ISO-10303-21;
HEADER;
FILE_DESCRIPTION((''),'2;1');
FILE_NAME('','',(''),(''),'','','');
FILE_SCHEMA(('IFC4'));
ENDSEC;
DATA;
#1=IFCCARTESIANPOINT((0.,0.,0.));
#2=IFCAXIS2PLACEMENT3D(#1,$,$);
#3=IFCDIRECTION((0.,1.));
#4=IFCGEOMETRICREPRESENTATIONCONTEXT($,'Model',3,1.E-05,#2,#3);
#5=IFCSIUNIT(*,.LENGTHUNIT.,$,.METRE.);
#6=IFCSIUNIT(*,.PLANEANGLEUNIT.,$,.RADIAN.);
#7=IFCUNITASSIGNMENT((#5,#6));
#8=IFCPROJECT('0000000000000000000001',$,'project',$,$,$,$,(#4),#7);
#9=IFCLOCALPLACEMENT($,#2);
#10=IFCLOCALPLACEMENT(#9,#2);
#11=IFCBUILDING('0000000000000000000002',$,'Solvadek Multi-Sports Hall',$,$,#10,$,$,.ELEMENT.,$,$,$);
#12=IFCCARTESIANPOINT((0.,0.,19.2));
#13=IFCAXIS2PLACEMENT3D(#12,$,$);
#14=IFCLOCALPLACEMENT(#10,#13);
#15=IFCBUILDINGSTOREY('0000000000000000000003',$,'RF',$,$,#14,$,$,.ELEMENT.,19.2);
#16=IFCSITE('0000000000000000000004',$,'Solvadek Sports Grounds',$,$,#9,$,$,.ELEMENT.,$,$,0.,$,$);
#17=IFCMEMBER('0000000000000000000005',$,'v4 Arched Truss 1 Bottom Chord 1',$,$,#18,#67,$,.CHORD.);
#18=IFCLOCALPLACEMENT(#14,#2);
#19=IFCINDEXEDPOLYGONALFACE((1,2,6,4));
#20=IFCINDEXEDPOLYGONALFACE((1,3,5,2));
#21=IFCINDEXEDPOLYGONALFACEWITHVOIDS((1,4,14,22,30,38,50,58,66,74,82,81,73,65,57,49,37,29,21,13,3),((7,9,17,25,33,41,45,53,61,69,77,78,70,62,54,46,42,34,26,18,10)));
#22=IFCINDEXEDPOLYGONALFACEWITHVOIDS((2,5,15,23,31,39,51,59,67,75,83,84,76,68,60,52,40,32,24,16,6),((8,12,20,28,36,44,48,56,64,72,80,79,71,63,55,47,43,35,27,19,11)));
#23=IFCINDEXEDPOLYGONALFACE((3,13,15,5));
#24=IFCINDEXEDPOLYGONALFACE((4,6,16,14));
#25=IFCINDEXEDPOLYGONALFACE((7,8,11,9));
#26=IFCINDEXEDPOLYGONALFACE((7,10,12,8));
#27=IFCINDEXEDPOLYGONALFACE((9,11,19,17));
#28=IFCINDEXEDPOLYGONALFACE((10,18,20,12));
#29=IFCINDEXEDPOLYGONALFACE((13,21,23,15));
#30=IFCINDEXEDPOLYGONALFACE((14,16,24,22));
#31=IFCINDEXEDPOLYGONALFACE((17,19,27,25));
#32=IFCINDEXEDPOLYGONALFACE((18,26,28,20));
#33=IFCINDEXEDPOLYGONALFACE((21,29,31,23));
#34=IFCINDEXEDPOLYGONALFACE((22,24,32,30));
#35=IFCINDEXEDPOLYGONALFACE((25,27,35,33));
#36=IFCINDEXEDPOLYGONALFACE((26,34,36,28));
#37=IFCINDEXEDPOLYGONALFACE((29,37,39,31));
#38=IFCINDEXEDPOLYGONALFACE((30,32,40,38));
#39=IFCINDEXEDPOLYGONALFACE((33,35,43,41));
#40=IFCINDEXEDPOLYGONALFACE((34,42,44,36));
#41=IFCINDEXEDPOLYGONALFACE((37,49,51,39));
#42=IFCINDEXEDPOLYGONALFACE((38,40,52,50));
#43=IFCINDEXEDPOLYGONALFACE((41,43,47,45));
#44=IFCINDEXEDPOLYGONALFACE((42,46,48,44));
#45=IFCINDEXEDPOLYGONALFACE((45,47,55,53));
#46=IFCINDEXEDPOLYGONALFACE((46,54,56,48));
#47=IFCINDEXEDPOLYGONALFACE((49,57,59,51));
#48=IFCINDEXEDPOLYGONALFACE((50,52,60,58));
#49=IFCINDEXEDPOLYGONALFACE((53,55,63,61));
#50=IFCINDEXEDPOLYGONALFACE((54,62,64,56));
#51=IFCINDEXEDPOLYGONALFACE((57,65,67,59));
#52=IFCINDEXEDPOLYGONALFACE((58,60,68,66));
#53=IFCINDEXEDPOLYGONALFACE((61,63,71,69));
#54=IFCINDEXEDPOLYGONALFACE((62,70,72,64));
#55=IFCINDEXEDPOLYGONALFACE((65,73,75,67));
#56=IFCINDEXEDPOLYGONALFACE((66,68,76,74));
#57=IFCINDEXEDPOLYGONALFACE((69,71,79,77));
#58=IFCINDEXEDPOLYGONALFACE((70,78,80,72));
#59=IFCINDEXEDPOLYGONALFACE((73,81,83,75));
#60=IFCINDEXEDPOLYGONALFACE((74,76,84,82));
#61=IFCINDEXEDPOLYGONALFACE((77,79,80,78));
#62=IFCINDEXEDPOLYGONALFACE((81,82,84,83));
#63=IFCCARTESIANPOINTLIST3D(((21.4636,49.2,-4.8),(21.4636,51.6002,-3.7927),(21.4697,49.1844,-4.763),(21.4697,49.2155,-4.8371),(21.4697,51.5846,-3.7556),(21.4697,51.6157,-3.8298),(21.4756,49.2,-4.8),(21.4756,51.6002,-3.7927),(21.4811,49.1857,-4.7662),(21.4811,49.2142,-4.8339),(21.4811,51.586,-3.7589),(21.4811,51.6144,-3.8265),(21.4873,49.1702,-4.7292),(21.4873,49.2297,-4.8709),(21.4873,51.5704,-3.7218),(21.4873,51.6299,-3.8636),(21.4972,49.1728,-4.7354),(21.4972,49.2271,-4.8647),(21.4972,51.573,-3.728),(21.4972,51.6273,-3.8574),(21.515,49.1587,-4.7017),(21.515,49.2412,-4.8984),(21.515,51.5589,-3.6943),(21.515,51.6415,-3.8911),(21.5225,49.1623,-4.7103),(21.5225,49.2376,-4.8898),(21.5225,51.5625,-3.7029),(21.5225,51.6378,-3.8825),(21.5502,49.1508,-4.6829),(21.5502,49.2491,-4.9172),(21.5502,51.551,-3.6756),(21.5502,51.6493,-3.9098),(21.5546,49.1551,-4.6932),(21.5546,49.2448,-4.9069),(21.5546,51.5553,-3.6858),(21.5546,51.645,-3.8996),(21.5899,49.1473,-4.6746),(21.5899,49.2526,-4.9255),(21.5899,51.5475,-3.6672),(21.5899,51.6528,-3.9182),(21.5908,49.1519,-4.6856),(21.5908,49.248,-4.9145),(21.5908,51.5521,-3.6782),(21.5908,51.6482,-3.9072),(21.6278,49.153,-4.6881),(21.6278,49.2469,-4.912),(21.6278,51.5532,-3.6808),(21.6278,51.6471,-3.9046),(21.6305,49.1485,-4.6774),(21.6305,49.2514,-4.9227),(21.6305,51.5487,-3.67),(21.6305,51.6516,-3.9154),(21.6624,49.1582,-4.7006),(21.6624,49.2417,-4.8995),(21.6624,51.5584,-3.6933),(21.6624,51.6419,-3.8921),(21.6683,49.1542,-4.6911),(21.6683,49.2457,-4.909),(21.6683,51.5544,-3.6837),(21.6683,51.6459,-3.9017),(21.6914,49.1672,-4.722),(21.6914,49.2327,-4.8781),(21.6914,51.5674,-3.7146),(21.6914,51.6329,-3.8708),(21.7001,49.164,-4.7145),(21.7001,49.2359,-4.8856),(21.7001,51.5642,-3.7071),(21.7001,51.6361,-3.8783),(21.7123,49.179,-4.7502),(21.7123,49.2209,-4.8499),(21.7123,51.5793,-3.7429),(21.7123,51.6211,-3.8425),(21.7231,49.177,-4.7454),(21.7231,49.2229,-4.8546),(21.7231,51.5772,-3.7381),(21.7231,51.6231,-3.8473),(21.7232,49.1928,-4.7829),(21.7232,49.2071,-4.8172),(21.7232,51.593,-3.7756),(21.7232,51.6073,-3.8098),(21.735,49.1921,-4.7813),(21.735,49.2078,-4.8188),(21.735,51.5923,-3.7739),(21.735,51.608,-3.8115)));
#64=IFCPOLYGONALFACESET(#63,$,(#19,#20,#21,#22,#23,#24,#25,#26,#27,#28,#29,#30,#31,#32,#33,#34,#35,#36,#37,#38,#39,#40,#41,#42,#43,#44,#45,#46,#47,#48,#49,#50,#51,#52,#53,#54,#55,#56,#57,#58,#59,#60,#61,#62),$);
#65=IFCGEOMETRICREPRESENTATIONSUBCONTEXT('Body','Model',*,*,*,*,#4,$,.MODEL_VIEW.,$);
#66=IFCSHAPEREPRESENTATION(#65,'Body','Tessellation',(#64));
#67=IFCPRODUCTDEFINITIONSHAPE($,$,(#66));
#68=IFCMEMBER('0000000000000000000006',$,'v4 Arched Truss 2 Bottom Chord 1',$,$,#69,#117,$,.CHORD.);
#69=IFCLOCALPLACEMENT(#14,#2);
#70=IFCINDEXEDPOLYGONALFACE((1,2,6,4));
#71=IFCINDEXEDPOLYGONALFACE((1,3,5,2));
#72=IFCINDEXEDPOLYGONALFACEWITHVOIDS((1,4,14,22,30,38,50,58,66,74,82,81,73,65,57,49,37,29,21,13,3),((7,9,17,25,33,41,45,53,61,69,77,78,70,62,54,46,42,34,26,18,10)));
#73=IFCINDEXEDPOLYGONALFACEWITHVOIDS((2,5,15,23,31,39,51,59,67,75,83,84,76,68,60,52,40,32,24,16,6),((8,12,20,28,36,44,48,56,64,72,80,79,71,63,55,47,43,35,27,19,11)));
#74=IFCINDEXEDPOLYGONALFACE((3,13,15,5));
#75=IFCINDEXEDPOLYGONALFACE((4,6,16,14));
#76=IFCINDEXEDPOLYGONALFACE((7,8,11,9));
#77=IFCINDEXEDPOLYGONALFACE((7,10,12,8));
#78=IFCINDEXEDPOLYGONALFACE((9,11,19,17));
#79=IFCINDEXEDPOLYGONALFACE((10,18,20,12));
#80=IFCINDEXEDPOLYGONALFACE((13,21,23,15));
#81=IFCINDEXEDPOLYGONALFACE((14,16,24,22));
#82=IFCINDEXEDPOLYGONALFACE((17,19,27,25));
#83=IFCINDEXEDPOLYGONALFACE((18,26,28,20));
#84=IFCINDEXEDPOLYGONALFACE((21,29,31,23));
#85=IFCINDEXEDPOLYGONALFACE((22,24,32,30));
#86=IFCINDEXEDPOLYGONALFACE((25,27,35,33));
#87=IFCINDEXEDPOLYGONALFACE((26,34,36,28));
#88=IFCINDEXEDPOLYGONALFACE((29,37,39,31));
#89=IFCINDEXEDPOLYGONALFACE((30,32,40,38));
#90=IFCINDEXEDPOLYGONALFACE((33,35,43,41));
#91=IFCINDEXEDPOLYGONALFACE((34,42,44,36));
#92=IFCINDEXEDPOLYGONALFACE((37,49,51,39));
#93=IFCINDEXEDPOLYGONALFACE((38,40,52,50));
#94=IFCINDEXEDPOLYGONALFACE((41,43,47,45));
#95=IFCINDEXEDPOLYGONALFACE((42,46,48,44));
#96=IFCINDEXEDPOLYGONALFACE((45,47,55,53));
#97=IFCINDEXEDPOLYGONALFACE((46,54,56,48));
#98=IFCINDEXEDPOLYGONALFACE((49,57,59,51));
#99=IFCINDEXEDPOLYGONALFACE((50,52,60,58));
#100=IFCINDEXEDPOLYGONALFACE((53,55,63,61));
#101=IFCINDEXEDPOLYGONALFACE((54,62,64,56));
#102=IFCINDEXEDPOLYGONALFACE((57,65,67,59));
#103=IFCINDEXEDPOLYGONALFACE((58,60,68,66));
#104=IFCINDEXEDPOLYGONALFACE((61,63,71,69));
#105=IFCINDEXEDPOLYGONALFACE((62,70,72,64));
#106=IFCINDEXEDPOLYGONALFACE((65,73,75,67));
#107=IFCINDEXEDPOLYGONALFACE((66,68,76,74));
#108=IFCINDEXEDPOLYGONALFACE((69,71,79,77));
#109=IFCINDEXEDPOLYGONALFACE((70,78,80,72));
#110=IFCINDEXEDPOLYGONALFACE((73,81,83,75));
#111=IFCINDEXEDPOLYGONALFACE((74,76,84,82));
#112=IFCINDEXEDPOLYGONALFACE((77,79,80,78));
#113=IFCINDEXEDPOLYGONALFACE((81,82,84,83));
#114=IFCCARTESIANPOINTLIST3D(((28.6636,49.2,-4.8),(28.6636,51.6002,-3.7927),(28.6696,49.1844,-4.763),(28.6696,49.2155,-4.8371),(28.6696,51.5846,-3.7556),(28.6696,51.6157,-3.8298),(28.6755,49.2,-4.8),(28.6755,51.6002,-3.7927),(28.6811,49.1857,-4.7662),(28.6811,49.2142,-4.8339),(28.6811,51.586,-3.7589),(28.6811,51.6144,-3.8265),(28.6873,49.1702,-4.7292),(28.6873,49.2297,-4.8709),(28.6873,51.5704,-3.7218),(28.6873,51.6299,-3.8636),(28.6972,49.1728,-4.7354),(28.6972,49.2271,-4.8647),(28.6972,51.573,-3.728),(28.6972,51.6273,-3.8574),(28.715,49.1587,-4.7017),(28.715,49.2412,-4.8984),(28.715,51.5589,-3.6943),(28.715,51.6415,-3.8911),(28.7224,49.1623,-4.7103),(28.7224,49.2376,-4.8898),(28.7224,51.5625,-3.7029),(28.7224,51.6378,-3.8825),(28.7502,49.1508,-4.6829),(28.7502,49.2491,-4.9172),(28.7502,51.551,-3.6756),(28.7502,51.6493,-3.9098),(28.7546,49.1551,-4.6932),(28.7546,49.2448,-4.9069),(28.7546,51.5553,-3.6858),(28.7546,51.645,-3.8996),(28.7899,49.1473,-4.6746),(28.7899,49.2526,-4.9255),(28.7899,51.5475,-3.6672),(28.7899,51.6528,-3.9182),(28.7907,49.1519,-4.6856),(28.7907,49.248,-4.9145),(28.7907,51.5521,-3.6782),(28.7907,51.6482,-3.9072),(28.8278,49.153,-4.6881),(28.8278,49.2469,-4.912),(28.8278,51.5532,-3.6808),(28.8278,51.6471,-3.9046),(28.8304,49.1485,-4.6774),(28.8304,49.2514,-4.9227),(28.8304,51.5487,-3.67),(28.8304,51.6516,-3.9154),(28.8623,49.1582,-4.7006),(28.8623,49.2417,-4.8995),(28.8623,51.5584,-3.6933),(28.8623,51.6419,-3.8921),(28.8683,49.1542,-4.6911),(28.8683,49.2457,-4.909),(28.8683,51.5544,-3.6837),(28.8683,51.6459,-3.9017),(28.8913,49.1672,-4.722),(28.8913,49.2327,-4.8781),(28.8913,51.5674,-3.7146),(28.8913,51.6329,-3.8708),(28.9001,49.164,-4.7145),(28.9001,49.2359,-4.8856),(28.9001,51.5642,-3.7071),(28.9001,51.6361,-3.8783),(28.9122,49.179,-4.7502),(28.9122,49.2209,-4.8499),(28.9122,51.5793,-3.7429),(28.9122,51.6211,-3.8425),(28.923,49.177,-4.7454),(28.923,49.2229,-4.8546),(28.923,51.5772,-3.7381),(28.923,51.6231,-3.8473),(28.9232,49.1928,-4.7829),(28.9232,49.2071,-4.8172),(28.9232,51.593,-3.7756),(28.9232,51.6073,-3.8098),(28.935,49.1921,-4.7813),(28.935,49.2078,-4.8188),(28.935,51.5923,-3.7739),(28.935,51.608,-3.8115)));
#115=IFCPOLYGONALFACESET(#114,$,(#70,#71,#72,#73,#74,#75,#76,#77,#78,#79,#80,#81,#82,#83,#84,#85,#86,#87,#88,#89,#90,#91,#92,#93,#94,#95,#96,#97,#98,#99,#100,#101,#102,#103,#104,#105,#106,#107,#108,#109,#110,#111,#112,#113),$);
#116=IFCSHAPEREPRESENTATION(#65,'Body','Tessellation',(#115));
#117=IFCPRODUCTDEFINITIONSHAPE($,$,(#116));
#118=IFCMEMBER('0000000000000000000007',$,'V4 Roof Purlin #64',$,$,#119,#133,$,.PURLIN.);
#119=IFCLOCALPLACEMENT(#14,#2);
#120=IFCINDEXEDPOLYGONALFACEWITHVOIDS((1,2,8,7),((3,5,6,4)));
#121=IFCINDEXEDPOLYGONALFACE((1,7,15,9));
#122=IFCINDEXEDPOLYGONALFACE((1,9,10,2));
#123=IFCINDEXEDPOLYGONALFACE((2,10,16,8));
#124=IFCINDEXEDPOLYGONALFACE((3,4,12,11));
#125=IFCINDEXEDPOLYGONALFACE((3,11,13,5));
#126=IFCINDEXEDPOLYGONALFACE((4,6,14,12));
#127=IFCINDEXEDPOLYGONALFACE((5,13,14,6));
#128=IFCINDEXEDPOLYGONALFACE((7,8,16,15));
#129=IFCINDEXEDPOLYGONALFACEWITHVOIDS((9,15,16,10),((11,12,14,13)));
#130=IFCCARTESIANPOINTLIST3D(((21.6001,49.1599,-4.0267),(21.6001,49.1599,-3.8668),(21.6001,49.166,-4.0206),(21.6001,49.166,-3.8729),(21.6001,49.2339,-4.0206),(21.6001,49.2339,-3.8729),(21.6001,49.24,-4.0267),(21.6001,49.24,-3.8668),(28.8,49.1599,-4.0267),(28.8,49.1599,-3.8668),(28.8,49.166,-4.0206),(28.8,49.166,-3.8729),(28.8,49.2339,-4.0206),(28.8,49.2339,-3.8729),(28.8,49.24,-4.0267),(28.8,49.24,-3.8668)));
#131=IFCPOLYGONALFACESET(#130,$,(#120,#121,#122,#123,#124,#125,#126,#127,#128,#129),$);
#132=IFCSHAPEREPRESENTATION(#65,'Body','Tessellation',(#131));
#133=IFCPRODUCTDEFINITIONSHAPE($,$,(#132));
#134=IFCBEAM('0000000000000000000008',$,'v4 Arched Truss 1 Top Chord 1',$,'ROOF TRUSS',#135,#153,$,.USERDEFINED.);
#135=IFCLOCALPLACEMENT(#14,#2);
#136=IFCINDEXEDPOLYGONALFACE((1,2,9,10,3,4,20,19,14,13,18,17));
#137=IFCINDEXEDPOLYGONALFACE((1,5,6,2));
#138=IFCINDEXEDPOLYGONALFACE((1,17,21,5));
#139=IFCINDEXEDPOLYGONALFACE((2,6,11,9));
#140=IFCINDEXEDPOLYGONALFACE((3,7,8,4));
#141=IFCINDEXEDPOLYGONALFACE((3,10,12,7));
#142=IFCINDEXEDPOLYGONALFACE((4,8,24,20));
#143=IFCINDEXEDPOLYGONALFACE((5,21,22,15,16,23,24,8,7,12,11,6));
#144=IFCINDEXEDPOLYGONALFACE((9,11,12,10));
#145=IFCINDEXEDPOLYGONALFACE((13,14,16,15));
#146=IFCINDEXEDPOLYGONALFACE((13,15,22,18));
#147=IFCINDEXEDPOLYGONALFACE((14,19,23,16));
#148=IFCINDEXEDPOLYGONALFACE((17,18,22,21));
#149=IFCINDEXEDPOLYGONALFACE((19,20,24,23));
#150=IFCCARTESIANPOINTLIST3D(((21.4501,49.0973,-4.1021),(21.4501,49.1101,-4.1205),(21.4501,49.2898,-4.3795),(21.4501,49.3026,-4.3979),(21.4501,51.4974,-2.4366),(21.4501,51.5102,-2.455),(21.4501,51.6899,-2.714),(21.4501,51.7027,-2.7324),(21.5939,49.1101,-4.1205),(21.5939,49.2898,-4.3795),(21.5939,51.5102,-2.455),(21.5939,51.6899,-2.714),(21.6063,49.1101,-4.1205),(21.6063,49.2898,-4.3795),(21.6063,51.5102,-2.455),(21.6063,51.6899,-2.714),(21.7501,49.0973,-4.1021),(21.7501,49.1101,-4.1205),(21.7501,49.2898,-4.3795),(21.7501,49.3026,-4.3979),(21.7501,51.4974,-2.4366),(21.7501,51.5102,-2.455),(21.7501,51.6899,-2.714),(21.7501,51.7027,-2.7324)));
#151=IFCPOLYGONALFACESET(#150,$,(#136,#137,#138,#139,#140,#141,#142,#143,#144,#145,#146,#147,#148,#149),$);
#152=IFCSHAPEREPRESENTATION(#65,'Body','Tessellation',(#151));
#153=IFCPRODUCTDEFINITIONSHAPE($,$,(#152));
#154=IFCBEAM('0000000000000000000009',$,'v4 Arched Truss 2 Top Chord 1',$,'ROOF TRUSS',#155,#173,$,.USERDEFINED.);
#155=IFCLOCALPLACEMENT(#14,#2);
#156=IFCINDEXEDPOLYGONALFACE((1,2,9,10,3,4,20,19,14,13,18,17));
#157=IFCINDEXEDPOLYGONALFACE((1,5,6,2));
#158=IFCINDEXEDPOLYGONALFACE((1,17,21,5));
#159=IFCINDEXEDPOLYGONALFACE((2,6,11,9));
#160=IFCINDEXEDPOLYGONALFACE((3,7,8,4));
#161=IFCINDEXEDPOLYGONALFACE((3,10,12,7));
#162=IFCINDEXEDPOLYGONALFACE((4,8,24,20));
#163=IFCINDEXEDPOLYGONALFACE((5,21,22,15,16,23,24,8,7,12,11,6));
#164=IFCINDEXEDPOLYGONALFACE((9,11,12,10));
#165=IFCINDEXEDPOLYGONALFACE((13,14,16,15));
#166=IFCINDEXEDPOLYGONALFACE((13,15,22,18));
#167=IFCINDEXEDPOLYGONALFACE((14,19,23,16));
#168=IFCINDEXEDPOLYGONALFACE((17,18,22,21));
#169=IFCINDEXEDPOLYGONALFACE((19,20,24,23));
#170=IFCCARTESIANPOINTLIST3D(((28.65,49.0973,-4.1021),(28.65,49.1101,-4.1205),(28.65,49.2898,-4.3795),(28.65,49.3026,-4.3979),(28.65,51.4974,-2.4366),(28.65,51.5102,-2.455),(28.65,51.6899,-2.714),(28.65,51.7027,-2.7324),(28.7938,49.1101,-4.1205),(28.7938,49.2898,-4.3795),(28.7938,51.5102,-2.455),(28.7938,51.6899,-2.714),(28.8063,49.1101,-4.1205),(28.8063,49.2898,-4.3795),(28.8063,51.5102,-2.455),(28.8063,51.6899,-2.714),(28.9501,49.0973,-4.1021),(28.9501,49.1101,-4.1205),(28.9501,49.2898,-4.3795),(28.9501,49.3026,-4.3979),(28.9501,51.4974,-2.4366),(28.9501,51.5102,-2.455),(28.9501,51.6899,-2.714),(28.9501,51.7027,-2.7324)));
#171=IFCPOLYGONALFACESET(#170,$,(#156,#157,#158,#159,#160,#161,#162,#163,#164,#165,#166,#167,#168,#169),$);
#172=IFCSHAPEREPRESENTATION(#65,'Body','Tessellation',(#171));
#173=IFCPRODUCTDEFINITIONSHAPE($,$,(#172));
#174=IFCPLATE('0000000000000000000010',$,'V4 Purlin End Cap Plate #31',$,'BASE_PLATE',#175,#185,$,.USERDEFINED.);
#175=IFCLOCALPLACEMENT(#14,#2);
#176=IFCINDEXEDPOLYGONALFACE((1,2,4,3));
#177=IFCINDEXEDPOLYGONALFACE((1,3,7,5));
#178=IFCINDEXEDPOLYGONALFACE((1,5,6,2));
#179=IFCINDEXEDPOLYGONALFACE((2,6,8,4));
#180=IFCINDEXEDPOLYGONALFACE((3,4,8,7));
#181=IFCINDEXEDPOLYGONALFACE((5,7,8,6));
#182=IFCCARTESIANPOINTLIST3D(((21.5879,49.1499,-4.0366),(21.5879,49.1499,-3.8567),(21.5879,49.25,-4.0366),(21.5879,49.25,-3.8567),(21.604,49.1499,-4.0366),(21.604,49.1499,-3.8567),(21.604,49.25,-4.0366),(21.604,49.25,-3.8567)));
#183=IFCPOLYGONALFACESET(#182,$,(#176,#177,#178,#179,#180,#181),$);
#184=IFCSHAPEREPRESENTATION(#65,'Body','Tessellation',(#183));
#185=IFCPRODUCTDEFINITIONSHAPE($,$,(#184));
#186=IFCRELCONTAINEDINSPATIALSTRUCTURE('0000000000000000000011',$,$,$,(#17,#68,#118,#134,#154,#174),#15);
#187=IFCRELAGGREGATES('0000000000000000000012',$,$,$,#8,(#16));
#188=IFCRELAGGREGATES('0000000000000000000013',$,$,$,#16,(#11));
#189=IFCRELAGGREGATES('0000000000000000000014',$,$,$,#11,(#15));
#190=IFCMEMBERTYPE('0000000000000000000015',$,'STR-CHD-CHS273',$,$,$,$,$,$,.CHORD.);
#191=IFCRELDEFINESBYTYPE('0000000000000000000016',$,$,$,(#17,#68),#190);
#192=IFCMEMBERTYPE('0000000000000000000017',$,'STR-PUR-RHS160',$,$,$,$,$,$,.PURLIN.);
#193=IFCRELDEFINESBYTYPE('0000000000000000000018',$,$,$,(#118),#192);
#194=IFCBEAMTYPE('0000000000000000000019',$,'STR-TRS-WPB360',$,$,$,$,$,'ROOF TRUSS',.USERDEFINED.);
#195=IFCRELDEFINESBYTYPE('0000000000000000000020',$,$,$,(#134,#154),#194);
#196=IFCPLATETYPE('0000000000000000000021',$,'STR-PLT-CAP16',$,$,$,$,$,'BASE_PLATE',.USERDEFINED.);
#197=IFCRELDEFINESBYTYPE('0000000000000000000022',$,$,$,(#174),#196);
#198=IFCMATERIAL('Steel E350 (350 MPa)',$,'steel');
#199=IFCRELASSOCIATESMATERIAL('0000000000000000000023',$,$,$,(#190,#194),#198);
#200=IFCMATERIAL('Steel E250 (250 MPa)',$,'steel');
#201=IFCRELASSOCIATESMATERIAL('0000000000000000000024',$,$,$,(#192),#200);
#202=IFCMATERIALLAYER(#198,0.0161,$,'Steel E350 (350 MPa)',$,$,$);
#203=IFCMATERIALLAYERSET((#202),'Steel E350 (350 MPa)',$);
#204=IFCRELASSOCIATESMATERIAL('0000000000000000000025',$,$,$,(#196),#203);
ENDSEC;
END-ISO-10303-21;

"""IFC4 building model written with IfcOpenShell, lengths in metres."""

from ifc_helpers import new_model, si_unit, direction, frame, origin, origin_2d, place, context, subcontext, project, spatial, rectangle, hollow_rectangle, hollow_circle, i_section, extrude, material, layer, layer_set, material_profile, profile_set, type_object, element, save


model = new_model("IFC4")

# Units and contexts
model_context = context("Model", 3, precision=1e-05, world=origin(), true_north=direction((0.0, 1.0)))
body_context = subcontext(model_context, "Body", "Model", "MODEL_VIEW")
ifc_project = project(units=[si_unit("LENGTHUNIT", "METRE"), si_unit("PLANEANGLEUNIT", "RADIAN")], contexts=[model_context])

# Site, building, storey
site_placement = place(None, origin())
site = spatial("IfcSite", under=ifc_project, at=site_placement, Name="Solvadek Sports Grounds", CompositionType="ELEMENT", RefElevation=0.0)
building_placement = place(site_placement, origin())
building = spatial("IfcBuilding", under=site, at=building_placement, Name="Solvadek Multi-Sports Hall", CompositionType="ELEMENT")
storey_placement = place(building_placement, frame((0.0, 0.0, 19.2)))
storey = spatial("IfcBuildingStorey", under=building, at=storey_placement, Name="RF", CompositionType="ELEMENT", Elevation=19.2)

# Shared definitions
ifc_material_1 = material(Name="Steel E350 (350 MPa)", Category="steel")

# Members
ifc_material_profile_1 = material_profile(ifc_material_1, hollow_circle(Radius=0.1365, WallThickness=0.012, at=origin_2d()), Name="CHS 273.0x12")
ifc_profile_set_1 = profile_set([ifc_material_profile_1], Name="Steel E350 (350 MPa)")
member_type_1 = type_object("IfcMemberType", Name="STR-CHD-CHS273", PredefinedType="CHORD", material=ifc_profile_set_1)
for number, where, z_axis, x_axis, name in (
    (1, (21.6001, 49.2, -4.8), (0.0, 0.922083, 0.386992), (-1.0, 0.0, 0.0), "v4 Arched Truss 1 Bottom Chord 1"),
    (2, (28.8, 49.2, -4.8), (0.0, 0.922083, 0.386992), (-1.0, 0.0, 0.0), "v4 Arched Truss 2 Bottom Chord 1"),
):
    element("IfcMember", number, at=place(storey_placement, frame(where, z_axis=z_axis, x_axis=x_axis)), inside=storey, type_object=member_type_1, Name=name, PredefinedType="CHORD", context=body_context, shape_type="SweptSolid", body=[
        extrude(hollow_circle(Radius=0.1365, WallThickness=0.012, at=origin_2d()), origin(), (0.0, 0.0, 1.0), 2.603),
    ])
ifc_material_2 = material(Name="Steel E250 (250 MPa)", Category="steel")
ifc_material_profile_2 = material_profile(ifc_material_2, hollow_rectangle(XDim=0.0801, YDim=0.1599, WallThickness=0.0061, at=origin_2d()), Name="RHS 160x80x6")
ifc_profile_set_2 = profile_set([ifc_material_profile_2], Name="Steel E250 (250 MPa)")
member_type_2 = type_object("IfcMemberType", Name="STR-PUR-RHS160", PredefinedType="PURLIN", material=ifc_profile_set_2)
member_1_placement = place(storey_placement, frame((21.6001, 49.2, -3.9468), z_axis=(1.0, 0.0, 0.0), x_axis=(0.0, 1.0, 0.0)))
element("IfcMember", 3, at=member_1_placement, inside=storey, type_object=member_type_2, Name="V4 Roof Purlin #64", PredefinedType="PURLIN", context=body_context, shape_type="SweptSolid", body=[
    extrude(hollow_rectangle(XDim=0.0801, YDim=0.1599, WallThickness=0.0061, at=origin_2d()), origin(), (0.0, 0.0, 1.0), 7.2),
])

# Beams
ifc_material_profile_3 = material_profile(ifc_material_1, i_section(OverallWidth=0.3, OverallDepth=0.3601, WebThickness=0.0125, FlangeThickness=0.0225, at=origin_2d()), Name="WPB 360")
ifc_profile_set_3 = profile_set([ifc_material_profile_3], Name="Steel E350 (350 MPa)")
beam_type = type_object("IfcBeamType", Name="STR-TRS-WPB360", ElementType="ROOF TRUSS", PredefinedType="USERDEFINED", material=ifc_profile_set_3)
for number, where, z_axis, x_axis, name in (
    (4, (21.6001, 49.2, -4.25), (0.0, 0.821569, 0.570109), (-1.0, 0.0, 0.0), "v4 Arched Truss 1 Top Chord 1"),
    (5, (28.8, 49.2, -4.25), (0.0, 0.821569, 0.570109), (-1.0, 0.0, 0.0), "v4 Arched Truss 2 Top Chord 1"),
):
    element("IfcBeam", number, at=place(storey_placement, frame(where, z_axis=z_axis, x_axis=x_axis)), inside=storey, type_object=beam_type, Name=name, ObjectType="ROOF TRUSS", PredefinedType="USERDEFINED", context=body_context, shape_type="SweptSolid", body=[
        extrude(i_section(OverallWidth=0.3, OverallDepth=0.3601, WebThickness=0.0125, FlangeThickness=0.0225, at=origin_2d()), origin(), (0.0, 0.0, 1.0), 2.9214),
    ])

# Plate
ifc_layer_1 = layer(ifc_material_1, 0.0161, Name="Steel E350 (350 MPa)")
ifc_layer_set_1 = layer_set([ifc_layer_1], Name="Steel E350 (350 MPa)")
plate_type_1 = type_object("IfcPlateType", Name="STR-PLT-CAP16", ElementType="BASE_PLATE", PredefinedType="USERDEFINED", material=ifc_layer_set_1)
plate_placement = place(storey_placement, frame((21.5959, 49.2, -4.0366), z_axis=(0.0, 0.0, 1.0), x_axis=(1.0, 0.0, 0.0)))
element("IfcPlate", 6, at=plate_placement, inside=storey, type_object=plate_type_1, Name="V4 Purlin End Cap Plate #31", ObjectType="BASE_PLATE", PredefinedType="USERDEFINED", context=body_context, shape_type="SweptSolid", body=[
    extrude(rectangle(XDim=0.0161, YDim=0.1001, at=origin_2d()), origin(), (0.0, 0.0, 1.0), 0.1799),
])

save(model, "model.ifc")
